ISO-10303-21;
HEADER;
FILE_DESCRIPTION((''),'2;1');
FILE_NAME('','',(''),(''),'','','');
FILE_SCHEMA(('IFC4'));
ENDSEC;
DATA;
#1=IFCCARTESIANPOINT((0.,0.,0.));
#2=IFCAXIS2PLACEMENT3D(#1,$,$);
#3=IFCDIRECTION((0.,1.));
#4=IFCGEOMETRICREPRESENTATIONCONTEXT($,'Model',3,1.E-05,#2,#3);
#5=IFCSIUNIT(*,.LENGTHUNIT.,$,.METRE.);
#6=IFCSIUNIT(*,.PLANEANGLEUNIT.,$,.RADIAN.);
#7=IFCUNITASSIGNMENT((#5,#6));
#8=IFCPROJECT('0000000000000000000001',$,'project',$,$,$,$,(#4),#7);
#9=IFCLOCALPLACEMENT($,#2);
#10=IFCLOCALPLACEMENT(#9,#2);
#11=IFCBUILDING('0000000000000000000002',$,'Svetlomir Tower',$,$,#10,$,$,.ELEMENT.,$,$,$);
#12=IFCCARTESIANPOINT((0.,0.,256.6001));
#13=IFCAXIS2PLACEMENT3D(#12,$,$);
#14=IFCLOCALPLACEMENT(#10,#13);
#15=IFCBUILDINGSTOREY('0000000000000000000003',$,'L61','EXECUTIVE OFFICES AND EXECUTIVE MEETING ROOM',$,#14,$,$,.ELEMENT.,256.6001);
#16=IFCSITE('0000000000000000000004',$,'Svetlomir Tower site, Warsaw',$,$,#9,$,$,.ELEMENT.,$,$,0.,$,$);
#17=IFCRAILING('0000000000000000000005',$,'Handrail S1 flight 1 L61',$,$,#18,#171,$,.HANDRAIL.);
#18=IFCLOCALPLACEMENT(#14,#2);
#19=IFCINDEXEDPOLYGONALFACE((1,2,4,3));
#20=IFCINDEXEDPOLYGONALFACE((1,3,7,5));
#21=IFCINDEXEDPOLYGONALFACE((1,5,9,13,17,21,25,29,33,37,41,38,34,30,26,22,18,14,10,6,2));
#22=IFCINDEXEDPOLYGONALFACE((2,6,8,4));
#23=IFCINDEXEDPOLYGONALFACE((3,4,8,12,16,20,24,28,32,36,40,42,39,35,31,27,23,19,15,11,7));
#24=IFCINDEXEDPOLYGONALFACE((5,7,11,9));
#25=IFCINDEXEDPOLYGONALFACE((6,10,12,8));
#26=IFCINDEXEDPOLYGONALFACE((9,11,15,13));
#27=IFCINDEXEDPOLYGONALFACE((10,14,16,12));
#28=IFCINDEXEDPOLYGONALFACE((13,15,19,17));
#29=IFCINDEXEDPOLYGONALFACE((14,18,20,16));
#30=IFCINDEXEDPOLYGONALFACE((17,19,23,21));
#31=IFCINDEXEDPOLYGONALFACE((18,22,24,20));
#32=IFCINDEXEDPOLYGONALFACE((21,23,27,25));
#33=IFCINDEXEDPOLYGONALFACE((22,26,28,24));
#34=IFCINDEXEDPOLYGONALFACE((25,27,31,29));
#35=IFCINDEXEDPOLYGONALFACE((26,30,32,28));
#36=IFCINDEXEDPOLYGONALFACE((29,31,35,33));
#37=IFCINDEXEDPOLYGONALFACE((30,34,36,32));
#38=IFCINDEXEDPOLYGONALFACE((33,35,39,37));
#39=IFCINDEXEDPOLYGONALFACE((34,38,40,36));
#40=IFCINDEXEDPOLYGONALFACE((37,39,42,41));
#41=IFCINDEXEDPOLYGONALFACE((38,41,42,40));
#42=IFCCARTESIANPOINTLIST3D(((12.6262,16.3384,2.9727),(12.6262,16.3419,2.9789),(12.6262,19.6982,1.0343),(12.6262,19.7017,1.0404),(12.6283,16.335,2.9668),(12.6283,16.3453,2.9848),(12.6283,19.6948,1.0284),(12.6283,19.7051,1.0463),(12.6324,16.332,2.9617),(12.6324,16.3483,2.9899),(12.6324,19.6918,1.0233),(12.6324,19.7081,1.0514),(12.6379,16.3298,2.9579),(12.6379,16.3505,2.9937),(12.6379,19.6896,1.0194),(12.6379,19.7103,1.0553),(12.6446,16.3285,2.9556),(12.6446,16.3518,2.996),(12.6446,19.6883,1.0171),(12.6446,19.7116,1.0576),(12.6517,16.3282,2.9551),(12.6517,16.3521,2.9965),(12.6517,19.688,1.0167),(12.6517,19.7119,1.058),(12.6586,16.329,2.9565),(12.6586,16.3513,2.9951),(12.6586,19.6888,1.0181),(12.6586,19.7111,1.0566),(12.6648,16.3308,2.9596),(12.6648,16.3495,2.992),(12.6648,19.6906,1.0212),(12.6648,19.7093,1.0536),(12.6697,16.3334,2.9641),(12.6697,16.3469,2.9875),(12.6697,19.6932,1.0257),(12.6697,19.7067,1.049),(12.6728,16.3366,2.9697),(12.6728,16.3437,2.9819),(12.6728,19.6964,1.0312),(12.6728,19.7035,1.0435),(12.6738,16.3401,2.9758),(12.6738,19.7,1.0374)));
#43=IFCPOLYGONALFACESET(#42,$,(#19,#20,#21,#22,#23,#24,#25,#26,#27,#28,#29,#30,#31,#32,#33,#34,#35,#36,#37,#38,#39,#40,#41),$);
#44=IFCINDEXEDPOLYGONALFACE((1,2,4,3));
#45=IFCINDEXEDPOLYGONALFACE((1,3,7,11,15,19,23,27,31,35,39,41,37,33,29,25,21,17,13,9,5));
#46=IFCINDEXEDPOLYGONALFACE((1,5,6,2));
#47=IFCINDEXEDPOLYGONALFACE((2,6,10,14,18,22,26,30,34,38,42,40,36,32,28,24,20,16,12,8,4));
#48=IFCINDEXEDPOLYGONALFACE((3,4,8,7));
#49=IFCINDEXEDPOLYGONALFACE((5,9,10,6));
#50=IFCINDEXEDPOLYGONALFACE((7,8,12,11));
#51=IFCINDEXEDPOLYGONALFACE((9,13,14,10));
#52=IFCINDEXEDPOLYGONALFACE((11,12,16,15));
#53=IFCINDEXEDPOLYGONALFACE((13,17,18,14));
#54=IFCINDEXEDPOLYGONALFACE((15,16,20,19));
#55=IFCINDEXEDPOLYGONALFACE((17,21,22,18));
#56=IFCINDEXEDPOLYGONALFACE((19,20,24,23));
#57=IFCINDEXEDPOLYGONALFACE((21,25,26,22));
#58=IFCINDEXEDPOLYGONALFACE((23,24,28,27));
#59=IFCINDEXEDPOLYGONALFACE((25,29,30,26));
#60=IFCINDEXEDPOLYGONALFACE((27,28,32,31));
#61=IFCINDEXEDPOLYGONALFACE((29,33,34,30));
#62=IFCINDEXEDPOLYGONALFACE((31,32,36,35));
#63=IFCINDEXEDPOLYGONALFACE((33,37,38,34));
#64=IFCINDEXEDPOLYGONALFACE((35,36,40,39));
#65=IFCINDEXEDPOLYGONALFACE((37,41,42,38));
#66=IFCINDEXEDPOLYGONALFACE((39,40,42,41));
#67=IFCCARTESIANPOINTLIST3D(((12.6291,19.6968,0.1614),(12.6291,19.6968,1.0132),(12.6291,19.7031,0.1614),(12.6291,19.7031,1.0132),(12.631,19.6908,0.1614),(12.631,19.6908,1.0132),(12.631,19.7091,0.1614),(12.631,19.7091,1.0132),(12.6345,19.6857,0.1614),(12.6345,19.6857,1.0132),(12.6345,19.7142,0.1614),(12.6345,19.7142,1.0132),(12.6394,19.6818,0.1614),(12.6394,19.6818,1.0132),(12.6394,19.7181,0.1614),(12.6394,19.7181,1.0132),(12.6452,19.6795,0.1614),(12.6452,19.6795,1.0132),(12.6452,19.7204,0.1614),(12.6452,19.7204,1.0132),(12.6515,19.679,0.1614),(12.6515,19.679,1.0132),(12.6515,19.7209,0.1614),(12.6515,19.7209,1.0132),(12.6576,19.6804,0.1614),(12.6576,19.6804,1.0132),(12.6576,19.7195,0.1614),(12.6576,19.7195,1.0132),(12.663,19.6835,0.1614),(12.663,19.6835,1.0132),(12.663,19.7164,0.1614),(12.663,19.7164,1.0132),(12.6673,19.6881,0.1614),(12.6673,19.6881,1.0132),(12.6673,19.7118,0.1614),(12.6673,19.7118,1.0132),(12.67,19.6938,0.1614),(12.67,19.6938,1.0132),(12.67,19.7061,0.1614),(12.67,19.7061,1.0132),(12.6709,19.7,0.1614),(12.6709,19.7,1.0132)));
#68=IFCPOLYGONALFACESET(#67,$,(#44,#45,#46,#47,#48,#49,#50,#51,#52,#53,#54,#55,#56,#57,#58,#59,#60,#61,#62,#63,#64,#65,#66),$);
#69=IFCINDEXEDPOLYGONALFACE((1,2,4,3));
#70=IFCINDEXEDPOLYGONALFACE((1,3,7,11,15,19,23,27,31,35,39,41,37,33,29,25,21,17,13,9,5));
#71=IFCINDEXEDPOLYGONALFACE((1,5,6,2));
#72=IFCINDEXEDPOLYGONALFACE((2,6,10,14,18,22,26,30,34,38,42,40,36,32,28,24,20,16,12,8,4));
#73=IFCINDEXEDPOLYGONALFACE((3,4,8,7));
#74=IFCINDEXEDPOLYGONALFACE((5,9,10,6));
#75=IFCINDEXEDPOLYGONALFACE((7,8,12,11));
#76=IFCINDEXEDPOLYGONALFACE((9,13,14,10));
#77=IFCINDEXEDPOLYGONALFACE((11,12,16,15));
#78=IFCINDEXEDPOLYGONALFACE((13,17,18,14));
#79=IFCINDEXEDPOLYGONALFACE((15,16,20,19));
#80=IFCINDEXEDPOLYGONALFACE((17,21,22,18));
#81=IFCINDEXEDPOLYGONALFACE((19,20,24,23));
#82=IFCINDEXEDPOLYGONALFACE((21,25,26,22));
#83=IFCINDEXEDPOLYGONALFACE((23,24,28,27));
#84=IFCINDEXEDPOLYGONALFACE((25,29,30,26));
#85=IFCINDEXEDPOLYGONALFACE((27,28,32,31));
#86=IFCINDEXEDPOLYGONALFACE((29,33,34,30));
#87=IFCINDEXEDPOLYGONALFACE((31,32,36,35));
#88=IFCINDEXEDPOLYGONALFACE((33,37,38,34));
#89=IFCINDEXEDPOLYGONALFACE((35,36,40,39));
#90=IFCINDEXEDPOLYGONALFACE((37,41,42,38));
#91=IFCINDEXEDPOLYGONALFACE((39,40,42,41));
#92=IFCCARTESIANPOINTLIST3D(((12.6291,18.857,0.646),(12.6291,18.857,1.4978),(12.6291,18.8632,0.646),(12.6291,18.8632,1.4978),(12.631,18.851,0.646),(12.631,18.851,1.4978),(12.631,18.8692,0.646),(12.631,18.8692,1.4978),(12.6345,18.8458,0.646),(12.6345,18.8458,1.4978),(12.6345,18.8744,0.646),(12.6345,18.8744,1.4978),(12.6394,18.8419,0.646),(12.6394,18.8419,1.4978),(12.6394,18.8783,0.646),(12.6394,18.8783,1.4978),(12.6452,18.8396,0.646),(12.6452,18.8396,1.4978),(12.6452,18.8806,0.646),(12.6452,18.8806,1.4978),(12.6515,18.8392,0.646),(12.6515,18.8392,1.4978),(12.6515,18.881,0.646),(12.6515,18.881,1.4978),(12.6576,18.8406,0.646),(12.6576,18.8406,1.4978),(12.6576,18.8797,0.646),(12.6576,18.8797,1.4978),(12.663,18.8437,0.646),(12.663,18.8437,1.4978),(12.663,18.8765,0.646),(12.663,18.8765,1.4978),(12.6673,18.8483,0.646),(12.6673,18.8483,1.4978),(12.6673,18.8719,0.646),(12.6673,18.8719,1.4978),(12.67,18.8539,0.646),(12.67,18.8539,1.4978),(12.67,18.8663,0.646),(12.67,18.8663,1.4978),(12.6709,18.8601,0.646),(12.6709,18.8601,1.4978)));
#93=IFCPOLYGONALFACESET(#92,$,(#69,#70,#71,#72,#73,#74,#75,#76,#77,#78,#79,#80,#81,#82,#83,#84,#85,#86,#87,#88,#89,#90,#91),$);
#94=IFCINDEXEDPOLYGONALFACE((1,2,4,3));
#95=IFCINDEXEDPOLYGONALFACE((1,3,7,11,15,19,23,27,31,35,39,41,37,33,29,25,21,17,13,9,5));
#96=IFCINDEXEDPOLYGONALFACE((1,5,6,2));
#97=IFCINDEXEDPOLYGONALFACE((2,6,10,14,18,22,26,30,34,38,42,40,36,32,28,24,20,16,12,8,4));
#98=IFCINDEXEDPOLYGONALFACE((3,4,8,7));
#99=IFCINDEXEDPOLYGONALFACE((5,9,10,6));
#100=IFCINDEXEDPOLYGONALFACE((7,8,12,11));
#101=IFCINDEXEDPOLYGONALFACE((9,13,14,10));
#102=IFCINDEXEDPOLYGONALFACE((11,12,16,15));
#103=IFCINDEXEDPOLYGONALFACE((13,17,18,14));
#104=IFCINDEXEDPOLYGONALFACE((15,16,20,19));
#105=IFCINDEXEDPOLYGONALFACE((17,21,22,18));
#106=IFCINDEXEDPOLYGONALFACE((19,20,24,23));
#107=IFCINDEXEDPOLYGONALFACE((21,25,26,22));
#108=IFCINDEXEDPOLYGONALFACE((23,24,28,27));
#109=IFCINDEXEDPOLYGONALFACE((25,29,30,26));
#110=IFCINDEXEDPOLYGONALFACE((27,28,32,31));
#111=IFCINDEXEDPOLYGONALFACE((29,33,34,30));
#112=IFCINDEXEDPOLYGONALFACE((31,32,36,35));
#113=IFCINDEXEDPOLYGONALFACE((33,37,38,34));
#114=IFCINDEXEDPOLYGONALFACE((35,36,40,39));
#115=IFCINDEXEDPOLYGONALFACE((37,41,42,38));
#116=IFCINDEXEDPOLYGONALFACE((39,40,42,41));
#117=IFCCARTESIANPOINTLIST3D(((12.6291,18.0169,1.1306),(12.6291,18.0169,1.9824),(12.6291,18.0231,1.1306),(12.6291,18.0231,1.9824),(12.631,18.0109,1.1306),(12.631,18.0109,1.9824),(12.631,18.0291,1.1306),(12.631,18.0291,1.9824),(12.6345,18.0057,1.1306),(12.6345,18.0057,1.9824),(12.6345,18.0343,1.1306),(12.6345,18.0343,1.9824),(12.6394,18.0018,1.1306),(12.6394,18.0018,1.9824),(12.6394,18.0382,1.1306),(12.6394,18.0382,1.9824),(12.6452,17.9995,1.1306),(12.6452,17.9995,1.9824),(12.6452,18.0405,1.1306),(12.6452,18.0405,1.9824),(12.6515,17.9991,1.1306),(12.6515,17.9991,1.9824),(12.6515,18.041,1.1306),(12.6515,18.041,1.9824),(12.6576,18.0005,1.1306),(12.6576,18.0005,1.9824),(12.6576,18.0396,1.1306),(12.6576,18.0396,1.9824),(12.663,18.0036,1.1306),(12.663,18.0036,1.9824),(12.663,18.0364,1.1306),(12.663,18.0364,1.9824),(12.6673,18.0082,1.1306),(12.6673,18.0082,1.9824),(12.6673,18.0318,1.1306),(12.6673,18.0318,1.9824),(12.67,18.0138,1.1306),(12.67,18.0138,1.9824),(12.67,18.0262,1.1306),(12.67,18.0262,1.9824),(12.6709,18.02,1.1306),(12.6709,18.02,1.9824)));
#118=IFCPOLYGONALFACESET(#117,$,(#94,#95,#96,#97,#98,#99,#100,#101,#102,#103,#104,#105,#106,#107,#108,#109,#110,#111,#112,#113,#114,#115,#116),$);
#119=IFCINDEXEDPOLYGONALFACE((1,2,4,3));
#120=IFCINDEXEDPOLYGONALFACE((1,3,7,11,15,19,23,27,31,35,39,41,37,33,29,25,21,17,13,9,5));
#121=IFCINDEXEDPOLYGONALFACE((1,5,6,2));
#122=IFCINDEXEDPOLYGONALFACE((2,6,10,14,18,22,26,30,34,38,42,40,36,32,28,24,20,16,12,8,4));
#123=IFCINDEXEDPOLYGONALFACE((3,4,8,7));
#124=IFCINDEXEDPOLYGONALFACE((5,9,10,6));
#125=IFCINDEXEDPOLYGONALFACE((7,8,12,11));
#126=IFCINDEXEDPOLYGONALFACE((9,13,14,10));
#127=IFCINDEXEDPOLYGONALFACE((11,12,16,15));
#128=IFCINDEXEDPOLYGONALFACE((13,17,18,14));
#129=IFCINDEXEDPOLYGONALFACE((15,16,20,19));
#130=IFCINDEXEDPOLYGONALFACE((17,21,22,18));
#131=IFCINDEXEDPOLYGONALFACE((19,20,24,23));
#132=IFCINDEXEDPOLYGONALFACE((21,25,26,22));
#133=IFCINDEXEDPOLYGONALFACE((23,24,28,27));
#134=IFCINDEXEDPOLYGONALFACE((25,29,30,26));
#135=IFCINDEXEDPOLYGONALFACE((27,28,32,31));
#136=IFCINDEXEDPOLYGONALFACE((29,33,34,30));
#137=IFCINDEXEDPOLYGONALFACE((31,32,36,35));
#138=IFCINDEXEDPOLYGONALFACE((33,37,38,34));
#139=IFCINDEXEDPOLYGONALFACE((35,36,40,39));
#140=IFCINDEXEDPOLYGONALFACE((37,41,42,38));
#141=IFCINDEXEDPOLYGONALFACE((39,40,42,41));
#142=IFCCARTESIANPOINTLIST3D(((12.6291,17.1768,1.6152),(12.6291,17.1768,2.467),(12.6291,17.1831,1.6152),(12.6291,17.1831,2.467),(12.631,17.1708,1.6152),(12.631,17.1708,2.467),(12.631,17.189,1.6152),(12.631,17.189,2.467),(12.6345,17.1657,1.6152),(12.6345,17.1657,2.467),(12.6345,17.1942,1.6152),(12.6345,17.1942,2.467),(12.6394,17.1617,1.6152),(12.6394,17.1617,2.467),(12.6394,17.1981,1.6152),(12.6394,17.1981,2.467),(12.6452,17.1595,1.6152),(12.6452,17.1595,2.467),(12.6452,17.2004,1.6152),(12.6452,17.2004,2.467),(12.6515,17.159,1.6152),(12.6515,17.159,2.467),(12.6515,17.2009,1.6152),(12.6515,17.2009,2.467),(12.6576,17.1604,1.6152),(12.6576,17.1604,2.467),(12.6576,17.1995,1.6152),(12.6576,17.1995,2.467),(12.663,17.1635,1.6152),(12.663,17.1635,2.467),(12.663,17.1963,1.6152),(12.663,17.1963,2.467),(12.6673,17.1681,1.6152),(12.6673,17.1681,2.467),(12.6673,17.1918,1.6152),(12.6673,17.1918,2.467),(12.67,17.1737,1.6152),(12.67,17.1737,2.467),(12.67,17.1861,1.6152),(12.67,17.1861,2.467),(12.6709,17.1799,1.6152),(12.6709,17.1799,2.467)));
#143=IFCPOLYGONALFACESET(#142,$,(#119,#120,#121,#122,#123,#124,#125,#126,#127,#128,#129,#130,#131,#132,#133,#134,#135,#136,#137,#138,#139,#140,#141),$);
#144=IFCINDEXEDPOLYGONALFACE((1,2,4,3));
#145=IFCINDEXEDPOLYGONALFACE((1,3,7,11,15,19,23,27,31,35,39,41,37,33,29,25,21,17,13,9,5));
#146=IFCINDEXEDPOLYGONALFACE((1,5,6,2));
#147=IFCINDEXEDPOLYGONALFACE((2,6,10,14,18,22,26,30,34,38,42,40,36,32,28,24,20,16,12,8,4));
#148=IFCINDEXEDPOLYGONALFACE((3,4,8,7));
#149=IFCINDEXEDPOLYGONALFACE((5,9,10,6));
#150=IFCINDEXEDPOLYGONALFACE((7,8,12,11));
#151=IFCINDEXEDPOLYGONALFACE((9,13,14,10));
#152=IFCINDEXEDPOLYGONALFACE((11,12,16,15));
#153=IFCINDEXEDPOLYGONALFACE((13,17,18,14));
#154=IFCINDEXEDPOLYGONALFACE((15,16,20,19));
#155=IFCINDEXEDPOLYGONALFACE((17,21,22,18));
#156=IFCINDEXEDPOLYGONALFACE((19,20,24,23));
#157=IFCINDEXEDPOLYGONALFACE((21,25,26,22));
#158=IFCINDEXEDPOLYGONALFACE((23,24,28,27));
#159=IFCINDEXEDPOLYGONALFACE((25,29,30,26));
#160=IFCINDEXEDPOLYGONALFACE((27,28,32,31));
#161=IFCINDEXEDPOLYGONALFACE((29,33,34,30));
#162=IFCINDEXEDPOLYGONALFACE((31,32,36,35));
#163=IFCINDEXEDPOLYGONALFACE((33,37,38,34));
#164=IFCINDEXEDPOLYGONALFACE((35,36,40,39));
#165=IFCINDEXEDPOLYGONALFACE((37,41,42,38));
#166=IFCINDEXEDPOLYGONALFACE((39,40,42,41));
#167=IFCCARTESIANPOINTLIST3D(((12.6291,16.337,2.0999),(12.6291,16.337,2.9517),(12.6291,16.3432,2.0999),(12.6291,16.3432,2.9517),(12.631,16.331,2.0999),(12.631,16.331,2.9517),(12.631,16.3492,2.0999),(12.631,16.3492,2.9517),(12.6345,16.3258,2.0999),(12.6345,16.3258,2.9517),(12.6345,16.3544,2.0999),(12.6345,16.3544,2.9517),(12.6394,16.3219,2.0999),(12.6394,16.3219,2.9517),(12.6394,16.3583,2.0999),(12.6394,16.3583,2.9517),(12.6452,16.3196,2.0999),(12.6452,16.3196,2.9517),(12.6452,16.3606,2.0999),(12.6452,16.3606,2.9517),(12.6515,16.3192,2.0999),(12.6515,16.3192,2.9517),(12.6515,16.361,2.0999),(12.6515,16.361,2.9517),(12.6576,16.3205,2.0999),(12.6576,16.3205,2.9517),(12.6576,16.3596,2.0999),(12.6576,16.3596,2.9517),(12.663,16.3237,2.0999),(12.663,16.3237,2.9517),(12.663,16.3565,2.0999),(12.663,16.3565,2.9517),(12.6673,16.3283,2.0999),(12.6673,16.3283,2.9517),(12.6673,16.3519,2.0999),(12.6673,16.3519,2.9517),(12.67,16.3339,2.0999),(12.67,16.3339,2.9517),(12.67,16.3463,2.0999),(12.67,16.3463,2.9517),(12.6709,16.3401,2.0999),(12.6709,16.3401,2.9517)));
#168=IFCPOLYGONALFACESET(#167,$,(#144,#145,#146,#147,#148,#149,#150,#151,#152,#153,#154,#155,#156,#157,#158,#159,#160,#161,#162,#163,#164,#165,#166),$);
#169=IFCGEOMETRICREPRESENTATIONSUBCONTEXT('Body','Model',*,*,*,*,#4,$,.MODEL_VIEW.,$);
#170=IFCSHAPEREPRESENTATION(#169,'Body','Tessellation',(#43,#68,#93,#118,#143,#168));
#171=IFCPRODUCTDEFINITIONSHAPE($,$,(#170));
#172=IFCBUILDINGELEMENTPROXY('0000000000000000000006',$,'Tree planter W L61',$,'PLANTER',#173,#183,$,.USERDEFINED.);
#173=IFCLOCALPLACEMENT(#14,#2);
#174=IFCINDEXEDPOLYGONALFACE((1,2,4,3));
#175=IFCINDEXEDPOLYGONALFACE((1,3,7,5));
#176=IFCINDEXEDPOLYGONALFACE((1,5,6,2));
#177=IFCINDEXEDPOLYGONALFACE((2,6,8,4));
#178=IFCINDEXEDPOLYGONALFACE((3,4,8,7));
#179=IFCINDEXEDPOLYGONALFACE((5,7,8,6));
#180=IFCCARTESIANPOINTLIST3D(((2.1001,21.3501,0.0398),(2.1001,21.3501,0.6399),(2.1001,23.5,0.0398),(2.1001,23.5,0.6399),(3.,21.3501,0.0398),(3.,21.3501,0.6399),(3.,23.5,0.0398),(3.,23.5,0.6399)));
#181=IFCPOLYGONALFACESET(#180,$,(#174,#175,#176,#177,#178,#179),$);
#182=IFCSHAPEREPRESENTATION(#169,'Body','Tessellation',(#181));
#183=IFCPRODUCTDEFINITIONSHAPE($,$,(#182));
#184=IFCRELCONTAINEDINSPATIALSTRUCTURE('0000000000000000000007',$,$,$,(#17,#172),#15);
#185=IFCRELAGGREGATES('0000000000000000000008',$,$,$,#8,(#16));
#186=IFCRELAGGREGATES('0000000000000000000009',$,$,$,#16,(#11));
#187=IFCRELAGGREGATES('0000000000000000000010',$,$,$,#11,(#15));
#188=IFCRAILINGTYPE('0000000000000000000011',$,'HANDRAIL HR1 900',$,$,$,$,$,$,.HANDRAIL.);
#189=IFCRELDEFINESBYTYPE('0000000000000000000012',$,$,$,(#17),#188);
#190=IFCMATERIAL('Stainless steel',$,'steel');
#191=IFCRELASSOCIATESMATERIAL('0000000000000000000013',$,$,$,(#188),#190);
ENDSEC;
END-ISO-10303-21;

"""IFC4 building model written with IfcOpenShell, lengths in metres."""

from ifc_helpers import new_model, si_unit, direction, frame, origin, origin_2d, place, context, subcontext, project, spatial, rectangle, circle, extrude, material, type_object, element, save


model = new_model("IFC4")

# Units and contexts
model_context = context("Model", 3, precision=1e-05, world=origin(), true_north=direction((0.0, 1.0)))
body_context = subcontext(model_context, "Body", "Model", "MODEL_VIEW")
ifc_project = project(units=[si_unit("LENGTHUNIT", "METRE"), si_unit("PLANEANGLEUNIT", "RADIAN")], contexts=[model_context])

# Site, building, storey
site_placement = place(None, origin())
site = spatial("IfcSite", under=ifc_project, at=site_placement, Name="Svetlomir Tower site, Warsaw", CompositionType="ELEMENT", RefElevation=0.0)
building_placement = place(site_placement, origin())
building = spatial("IfcBuilding", under=site, at=building_placement, Name="Svetlomir Tower", CompositionType="ELEMENT")
storey_placement = place(building_placement, frame((0.0, 0.0, 256.6001)))
storey = spatial("IfcBuildingStorey", under=building, at=storey_placement, Name="L61", Description="EXECUTIVE OFFICES AND EXECUTIVE MEETING ROOM", CompositionType="ELEMENT", Elevation=256.6001)

# Railing
ifc_material_1 = material(Name="Stainless steel", Category="steel")
railing_type_1 = type_object("IfcRailingType", Name="HANDRAIL HR1 900", PredefinedType="HANDRAIL", material=ifc_material_1)
railing_placement = place(storey_placement, frame((12.6499, 19.7, 0.1614)))
element("IfcRailing", 1, at=railing_placement, inside=storey, type_object=railing_type_1, Name="Handrail S1 flight 1 L61", PredefinedType="HANDRAIL", context=body_context, shape_type="SweptSolid", body=[
    extrude(circle(Radius=0.0239, at=origin_2d()), frame((0.0, 0.0, 0.876), z_axis=(0.0, -0.866175, 0.499741), x_axis=(1.0, 0.0, 0.0)), (0.0, 0.0, 1.0), 3.8789),
    extrude(circle(Radius=0.021, at=origin_2d()), origin(), (0.0, 0.0, 1.0), 0.8518),
    extrude(circle(Radius=0.021, at=origin_2d()), frame((0.0, -0.8398, 0.4846)), (0.0, 0.0, 1.0), 0.8518),
    extrude(circle(Radius=0.021, at=origin_2d()), frame((0.0, -1.6799, 0.9692)), (0.0, 0.0, 1.0), 0.8518),
    extrude(circle(Radius=0.021, at=origin_2d()), frame((0.0, -2.52, 1.4539)), (0.0, 0.0, 1.0), 0.8518),
    extrude(circle(Radius=0.021, at=origin_2d()), frame((0.0, -3.3599, 1.9385)), (0.0, 0.0, 1.0), 0.8518),
])

# Building element proxy
proxy_placement = place(storey_placement, frame((2.55, 22.425, 0.0398), z_axis=(0.0, 0.0, 1.0), x_axis=(1.0, 0.0, 0.0)))
element("IfcBuildingElementProxy", 2, at=proxy_placement, inside=storey, Name="Tree planter W L61", ObjectType="PLANTER", PredefinedType="USERDEFINED", context=body_context, shape_type="SweptSolid", body=[
    extrude(rectangle(XDim=0.8999, YDim=2.1499, at=origin_2d()), origin(), (0.0, 0.0, 1.0), 0.6001),
])

save(model, "model.ifc")
